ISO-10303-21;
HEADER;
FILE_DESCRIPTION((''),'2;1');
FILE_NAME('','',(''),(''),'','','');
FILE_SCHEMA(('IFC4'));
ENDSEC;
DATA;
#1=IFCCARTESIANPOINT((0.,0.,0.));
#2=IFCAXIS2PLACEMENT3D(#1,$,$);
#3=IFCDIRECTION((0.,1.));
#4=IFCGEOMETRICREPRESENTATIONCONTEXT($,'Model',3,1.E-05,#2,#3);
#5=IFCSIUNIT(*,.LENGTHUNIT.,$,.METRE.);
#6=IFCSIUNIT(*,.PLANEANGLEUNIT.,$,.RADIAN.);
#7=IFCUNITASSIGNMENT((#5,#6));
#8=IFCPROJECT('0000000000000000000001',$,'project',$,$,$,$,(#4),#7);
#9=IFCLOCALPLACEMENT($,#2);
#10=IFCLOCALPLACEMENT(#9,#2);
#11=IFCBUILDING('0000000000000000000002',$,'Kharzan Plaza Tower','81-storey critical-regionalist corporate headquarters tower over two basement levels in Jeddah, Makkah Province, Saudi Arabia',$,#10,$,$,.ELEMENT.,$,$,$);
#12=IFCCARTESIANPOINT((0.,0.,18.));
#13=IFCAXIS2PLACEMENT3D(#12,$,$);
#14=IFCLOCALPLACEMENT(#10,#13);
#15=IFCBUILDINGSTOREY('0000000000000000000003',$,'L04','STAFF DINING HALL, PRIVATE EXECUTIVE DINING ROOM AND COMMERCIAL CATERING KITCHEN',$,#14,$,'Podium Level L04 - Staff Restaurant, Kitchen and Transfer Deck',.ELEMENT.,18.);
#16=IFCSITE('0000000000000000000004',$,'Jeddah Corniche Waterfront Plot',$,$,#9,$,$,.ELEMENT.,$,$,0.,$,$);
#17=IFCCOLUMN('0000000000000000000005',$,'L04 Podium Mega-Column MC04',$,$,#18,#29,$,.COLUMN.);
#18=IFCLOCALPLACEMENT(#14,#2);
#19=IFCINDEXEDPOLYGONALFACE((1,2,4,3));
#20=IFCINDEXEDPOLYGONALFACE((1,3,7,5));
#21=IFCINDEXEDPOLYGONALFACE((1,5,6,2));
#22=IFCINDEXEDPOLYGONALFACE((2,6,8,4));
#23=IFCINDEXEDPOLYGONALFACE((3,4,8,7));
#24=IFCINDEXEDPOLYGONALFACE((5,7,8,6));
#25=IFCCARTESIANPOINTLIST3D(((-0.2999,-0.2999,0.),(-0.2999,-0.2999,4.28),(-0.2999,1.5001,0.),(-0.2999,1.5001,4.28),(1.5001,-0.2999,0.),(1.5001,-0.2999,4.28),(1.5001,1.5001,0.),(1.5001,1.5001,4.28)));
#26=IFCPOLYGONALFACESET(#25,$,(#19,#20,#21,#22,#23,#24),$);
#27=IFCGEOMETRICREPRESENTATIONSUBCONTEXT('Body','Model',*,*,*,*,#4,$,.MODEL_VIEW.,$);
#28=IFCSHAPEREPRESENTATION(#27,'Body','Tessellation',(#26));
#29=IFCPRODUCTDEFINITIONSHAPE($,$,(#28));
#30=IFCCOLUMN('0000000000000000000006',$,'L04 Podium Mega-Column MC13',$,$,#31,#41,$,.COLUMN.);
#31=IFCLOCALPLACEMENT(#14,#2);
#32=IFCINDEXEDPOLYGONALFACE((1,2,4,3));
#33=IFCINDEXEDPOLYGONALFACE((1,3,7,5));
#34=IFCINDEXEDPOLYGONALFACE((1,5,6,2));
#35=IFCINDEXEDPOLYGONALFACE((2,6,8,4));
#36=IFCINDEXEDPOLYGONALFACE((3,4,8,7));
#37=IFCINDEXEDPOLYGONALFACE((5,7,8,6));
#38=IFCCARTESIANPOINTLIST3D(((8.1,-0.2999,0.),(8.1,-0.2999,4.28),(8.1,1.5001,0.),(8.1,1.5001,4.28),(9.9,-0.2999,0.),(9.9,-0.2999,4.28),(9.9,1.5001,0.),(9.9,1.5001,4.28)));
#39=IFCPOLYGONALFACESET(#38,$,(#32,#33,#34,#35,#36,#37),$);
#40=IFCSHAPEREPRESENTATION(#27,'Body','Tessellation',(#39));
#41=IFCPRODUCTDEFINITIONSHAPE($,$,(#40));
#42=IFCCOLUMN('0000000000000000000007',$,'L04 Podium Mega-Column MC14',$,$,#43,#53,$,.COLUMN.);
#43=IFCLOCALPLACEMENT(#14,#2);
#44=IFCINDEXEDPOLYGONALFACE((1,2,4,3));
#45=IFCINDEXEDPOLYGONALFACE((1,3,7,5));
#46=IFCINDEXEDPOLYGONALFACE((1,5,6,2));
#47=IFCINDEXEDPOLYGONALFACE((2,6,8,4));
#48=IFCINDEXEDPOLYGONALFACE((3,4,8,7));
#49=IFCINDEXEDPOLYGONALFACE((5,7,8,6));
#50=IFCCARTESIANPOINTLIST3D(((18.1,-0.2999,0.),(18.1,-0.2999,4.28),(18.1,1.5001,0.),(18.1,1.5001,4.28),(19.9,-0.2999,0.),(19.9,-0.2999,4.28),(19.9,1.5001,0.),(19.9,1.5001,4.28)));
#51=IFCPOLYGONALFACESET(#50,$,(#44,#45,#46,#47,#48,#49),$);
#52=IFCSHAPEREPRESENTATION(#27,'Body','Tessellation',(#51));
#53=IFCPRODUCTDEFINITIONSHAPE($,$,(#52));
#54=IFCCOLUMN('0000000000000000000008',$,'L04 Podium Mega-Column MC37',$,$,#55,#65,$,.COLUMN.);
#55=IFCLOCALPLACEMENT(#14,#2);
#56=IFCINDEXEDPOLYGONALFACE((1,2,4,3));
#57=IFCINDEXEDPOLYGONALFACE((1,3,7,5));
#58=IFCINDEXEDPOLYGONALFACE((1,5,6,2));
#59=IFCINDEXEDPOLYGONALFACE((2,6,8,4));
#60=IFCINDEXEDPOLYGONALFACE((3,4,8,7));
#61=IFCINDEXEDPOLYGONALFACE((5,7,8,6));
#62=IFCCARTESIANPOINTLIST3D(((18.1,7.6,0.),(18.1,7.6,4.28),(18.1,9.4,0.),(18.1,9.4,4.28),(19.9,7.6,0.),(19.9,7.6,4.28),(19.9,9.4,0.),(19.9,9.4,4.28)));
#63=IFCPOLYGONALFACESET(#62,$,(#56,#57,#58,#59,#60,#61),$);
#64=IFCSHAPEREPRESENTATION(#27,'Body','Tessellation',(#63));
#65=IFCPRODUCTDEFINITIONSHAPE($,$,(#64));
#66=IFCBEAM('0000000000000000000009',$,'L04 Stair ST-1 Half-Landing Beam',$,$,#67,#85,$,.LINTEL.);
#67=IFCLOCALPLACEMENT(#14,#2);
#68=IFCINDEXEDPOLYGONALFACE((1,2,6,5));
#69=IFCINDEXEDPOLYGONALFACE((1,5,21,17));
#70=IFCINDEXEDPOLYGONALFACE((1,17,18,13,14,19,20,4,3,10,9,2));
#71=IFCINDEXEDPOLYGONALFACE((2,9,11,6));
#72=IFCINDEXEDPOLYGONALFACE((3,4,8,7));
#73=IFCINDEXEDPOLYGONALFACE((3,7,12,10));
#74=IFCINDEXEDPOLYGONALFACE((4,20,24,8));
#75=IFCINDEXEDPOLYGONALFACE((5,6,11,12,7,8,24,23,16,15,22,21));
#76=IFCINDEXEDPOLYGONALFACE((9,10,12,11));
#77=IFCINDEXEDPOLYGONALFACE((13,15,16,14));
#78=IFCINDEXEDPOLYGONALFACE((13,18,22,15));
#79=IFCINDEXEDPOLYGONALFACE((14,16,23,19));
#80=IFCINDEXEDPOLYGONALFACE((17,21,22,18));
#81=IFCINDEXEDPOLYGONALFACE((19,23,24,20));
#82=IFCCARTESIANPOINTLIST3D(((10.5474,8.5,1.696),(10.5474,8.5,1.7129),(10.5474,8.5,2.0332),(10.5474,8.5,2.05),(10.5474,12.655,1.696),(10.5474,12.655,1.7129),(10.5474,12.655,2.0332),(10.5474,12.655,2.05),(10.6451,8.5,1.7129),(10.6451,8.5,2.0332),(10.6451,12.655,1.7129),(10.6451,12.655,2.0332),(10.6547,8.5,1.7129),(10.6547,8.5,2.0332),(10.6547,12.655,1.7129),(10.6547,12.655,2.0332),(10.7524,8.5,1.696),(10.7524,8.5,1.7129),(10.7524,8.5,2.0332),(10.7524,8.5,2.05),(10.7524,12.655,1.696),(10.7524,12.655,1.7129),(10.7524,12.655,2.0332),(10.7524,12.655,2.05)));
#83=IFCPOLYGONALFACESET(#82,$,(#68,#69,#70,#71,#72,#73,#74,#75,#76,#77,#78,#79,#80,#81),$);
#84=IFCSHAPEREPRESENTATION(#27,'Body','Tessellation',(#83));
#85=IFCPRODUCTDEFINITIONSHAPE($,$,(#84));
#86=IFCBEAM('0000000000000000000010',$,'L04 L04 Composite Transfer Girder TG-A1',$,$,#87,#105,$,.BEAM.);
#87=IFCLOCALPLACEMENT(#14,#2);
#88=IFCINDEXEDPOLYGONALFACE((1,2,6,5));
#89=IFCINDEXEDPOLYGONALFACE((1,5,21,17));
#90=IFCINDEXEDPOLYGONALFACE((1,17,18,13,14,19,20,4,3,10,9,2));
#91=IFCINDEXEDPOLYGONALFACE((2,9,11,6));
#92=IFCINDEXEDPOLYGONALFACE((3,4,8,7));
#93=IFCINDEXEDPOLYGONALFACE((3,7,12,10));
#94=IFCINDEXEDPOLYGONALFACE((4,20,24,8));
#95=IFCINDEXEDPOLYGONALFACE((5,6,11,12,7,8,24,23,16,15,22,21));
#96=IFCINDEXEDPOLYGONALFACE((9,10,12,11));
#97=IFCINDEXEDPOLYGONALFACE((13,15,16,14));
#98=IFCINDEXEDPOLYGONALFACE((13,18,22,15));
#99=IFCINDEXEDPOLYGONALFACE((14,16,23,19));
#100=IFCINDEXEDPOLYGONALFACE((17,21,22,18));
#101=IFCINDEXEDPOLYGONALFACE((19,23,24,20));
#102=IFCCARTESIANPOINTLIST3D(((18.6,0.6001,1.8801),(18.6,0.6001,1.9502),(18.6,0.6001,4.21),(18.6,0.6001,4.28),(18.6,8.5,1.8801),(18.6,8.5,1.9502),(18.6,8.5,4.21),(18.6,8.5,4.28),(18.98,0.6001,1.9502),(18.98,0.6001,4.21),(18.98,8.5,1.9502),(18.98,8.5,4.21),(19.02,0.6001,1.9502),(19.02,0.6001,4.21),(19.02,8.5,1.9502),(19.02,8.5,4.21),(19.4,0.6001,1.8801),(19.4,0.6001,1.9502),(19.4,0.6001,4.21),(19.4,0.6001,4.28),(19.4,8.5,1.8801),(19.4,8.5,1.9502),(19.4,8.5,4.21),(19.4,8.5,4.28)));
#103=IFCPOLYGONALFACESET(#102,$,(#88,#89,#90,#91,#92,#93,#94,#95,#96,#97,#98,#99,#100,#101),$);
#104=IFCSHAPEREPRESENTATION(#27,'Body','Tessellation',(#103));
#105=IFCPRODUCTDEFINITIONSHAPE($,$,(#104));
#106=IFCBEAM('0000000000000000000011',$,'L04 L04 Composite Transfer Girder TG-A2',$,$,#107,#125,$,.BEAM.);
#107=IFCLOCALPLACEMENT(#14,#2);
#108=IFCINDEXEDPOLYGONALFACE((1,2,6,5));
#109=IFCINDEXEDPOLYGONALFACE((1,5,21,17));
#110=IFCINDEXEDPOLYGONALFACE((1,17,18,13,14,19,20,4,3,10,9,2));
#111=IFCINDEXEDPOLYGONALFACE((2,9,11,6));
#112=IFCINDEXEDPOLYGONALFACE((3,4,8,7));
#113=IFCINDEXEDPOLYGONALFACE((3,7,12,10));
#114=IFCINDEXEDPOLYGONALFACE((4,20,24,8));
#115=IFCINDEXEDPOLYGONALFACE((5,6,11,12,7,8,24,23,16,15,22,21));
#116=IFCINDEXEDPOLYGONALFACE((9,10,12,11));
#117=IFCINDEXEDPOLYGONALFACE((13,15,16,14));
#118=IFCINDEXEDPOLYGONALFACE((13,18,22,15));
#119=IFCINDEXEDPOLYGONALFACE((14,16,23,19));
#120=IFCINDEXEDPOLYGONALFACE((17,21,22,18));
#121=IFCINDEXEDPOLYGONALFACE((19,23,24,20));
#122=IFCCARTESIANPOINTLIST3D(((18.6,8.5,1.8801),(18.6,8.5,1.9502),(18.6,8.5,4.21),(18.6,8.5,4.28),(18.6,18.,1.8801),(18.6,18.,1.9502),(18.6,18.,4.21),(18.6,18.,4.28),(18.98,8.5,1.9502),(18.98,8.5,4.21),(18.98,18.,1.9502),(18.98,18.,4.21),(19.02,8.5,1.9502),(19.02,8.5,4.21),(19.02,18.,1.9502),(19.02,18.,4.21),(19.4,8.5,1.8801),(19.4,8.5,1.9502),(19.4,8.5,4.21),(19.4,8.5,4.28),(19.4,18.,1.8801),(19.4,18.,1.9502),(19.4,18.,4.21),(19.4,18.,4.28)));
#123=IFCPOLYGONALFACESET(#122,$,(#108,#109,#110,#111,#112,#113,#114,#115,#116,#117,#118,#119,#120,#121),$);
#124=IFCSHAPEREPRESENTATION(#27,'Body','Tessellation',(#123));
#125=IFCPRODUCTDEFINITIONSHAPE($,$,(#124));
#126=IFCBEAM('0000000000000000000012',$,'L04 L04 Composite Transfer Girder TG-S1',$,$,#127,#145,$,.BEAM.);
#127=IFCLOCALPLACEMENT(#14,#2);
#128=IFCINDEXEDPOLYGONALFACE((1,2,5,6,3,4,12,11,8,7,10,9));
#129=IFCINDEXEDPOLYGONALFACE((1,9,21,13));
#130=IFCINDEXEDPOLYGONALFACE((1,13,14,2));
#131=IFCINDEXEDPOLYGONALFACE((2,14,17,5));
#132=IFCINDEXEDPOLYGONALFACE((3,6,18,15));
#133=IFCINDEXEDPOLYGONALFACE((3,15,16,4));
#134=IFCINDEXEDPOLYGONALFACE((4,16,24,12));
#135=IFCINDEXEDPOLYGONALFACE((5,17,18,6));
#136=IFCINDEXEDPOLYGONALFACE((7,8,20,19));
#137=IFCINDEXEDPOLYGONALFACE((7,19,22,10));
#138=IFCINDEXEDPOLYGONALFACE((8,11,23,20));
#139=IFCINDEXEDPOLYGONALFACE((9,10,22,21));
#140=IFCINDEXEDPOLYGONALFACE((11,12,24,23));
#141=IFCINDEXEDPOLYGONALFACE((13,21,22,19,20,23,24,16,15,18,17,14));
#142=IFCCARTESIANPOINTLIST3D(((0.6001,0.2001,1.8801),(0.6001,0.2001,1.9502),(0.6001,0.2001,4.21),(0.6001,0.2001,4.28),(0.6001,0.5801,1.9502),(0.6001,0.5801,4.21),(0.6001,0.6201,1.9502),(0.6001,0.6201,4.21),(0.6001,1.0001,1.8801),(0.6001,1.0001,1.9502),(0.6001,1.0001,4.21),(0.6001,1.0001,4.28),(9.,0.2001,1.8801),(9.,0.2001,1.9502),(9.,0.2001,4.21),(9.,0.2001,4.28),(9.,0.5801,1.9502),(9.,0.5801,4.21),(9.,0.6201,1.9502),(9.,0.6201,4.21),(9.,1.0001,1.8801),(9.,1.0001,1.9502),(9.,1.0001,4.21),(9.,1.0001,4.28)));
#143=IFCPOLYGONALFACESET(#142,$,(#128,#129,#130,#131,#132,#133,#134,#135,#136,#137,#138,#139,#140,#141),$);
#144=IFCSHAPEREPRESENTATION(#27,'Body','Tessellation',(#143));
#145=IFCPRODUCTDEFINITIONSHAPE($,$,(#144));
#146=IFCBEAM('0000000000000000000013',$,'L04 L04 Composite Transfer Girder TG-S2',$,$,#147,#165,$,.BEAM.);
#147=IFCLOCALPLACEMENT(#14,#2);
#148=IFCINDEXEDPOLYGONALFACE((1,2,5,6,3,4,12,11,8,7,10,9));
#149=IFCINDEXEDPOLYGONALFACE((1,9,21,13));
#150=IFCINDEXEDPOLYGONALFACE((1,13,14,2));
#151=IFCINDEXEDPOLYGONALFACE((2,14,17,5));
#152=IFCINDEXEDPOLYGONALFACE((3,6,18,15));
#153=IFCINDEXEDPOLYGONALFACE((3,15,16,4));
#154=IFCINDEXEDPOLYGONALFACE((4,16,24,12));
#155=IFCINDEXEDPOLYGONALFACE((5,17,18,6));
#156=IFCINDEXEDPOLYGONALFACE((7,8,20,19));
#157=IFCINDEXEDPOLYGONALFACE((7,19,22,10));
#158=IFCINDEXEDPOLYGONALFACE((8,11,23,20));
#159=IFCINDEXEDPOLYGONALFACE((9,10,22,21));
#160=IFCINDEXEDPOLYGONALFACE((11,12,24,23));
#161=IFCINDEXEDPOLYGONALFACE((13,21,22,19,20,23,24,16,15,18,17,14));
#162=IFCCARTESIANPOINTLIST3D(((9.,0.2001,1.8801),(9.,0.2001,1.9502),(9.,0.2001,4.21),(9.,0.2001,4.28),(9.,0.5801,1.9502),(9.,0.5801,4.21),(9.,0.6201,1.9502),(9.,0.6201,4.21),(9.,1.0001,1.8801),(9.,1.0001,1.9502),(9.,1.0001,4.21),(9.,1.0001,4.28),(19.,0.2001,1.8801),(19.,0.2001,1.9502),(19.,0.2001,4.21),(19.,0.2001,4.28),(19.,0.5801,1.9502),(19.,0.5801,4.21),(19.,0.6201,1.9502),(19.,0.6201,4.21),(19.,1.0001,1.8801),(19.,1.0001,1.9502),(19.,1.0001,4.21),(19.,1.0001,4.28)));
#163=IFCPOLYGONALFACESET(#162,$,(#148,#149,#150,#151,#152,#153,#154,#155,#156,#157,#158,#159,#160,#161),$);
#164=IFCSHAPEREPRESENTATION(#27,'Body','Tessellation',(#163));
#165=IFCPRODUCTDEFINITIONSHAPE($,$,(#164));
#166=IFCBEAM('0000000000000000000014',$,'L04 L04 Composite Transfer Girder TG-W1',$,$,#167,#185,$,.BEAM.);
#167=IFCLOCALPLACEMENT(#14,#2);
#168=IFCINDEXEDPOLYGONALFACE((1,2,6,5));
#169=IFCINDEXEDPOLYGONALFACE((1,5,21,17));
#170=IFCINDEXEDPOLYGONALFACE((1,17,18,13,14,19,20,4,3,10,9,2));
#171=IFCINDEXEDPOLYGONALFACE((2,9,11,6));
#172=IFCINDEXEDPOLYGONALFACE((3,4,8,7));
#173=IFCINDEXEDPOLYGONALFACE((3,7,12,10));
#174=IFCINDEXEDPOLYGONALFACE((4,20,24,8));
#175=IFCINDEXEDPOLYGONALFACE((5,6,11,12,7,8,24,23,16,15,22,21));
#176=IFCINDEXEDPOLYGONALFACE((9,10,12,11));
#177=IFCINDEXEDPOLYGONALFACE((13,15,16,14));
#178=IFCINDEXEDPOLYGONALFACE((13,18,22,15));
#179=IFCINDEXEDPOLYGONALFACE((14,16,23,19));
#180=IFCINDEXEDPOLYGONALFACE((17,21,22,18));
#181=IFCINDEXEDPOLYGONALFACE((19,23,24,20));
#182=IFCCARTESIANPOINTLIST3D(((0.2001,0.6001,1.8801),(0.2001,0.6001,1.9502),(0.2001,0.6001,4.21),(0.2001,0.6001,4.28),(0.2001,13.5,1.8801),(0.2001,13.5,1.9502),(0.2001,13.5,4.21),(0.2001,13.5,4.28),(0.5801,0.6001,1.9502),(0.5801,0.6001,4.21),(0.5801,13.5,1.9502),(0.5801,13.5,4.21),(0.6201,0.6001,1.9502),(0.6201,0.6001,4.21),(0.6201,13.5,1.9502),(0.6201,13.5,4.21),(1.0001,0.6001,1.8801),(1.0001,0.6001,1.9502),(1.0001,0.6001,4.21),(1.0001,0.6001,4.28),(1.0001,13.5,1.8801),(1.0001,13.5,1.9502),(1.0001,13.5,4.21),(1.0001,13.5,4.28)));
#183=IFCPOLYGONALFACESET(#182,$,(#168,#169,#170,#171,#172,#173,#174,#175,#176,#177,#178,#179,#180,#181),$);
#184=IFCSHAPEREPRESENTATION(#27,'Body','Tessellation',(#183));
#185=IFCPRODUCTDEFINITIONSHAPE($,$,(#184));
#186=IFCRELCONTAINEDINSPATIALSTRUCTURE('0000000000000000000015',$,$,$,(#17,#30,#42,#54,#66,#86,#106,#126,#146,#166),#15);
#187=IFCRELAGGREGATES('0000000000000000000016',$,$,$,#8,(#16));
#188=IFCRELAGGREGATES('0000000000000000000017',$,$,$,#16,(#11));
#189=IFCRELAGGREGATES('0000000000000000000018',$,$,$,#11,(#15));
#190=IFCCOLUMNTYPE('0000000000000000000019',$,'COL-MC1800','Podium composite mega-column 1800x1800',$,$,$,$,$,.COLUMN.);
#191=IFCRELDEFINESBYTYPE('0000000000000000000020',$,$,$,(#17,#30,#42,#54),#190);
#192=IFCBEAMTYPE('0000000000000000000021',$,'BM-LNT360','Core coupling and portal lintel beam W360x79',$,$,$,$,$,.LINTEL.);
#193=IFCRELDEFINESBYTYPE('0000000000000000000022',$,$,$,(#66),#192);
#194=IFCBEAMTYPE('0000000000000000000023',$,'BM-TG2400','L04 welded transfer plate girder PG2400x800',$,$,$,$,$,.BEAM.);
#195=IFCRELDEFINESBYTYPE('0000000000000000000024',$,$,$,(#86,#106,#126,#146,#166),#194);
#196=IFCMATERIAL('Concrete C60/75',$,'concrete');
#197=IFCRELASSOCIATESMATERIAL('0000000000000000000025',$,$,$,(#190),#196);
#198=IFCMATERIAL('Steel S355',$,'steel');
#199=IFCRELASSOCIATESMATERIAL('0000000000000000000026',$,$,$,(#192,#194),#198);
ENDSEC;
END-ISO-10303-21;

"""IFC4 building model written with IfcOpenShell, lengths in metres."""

from ifc_helpers import new_model, si_unit, direction, frame, origin, origin_2d, place, context, subcontext, project, spatial, rectangle, i_section, extrude, source, transform, mapped, material, material_profile, profile_set, type_object, element, save


model = new_model("IFC4")

# Units and contexts
model_context = context("Model", 3, precision=1e-05, world=origin(), true_north=direction((0.0, 1.0)))
body_context = subcontext(model_context, "Body", "Model", "MODEL_VIEW")
ifc_project = project(units=[si_unit("LENGTHUNIT", "METRE"), si_unit("PLANEANGLEUNIT", "RADIAN")], contexts=[model_context])

# Site, building, storey
site_placement = place(None, origin())
site = spatial("IfcSite", under=ifc_project, at=site_placement, Name="Jeddah Corniche Waterfront Plot", CompositionType="ELEMENT", RefElevation=0.0)
building_placement = place(site_placement, origin())
building = spatial("IfcBuilding", under=site, at=building_placement, Name="Kharzan Plaza Tower", Description="81-storey critical-regionalist corporate headquarters tower over two basement levels in Jeddah, Makkah Province, Saudi Arabia", CompositionType="ELEMENT")
storey_placement = place(building_placement, frame((0.0, 0.0, 18.0)))
storey = spatial("IfcBuildingStorey", under=building, at=storey_placement, Name="L04", Description="STAFF DINING HALL, PRIVATE EXECUTIVE DINING ROOM AND COMMERCIAL CATERING KITCHEN", LongName="Podium Level L04 - Staff Restaurant, Kitchen and Transfer Deck", CompositionType="ELEMENT", Elevation=18.0)

# Columns
ifc_material_1 = material(Name="Concrete C60/75", Category="concrete")
ifc_material_profile_1 = material_profile(ifc_material_1, rectangle(XDim=1.8, YDim=1.8, at=origin_2d()), Name="RC-MC1800x1800")
ifc_profile_set_1 = profile_set([ifc_material_profile_1], Name="Concrete C60/75")
column_type = type_object("IfcColumnType", Name="COL-MC1800", Description="Podium composite mega-column 1800x1800", PredefinedType="COLUMN", material=ifc_profile_set_1)
shared_shape_1 = source(origin(), body_context, "Body", "SweptSolid", [
    extrude(rectangle(XDim=1.8, YDim=1.8, at=origin_2d()), origin(), (0.0, 0.0, 1.0), 4.28),
])
for number, where, z_axis, x_axis, name in (
    (1, (0.6001, 0.6001, 0.0), (0.0, 0.0, 1.0), (1.0, 0.0, 0.0), "L04 Podium Mega-Column MC04"),
    (2, (9.0, 0.6001, 0.0), (0.0, 0.0, 1.0), (1.0, 0.0, 0.0), "L04 Podium Mega-Column MC13"),
    (3, (19.0, 0.6001, 0.0), (0.0, 0.0, 1.0), (1.0, 0.0, 0.0), "L04 Podium Mega-Column MC14"),
    (4, (19.0, 8.5, 0.0), (0.0, 0.0, 1.0), (1.0, 0.0, 0.0), "L04 Podium Mega-Column MC37"),
):
    element("IfcColumn", number, at=place(storey_placement, frame(where, z_axis=z_axis, x_axis=x_axis)), inside=storey, type_object=column_type, Name=name, PredefinedType="COLUMN", context=body_context, shape_type="MappedRepresentation", body=[
        mapped(shared_shape_1, transform((0.0, 0.0, 0.0), x_axis=(1.0, 0.0, 0.0), y_axis=(0.0, 1.0, 0.0), z_axis=(0.0, 0.0, 1.0))),
    ])

# Beams
ifc_material_2 = material(Name="Steel S355", Category="steel")
ifc_material_profile_2 = material_profile(ifc_material_2, i_section(OverallWidth=0.2051, OverallDepth=0.354, WebThickness=0.0095, FlangeThickness=0.0168, at=origin_2d()), Name="W360x79")
ifc_profile_set_2 = profile_set([ifc_material_profile_2], Name="Steel S355")
beam_type_1 = type_object("IfcBeamType", Name="BM-LNT360", Description="Core coupling and portal lintel beam W360x79", PredefinedType="LINTEL", material=ifc_profile_set_2)
shared_shape_2 = source(origin(), body_context, "Body", "SweptSolid", [
    extrude(i_section(OverallWidth=0.2051, OverallDepth=0.354, WebThickness=0.0095, FlangeThickness=0.0168, at=origin_2d()), origin(), (0.0, 0.0, 1.0), 4.155),
])
beam_1_placement = place(storey_placement, frame((10.6499, 8.5, 1.873), z_axis=(0.0, 1.0, 0.0), x_axis=(-1.0, 0.0, 0.0)))
element("IfcBeam", 5, at=beam_1_placement, inside=storey, type_object=beam_type_1, Name="L04 Stair ST-1 Half-Landing Beam", PredefinedType="LINTEL", context=body_context, shape_type="MappedRepresentation", body=[
    mapped(shared_shape_2, transform((0.0, 0.0, 0.0), x_axis=(1.0, 0.0, 0.0), y_axis=(0.0, 1.0, 0.0), z_axis=(0.0, 0.0, 1.0))),
])
ifc_material_profile_3 = material_profile(ifc_material_2, i_section(OverallWidth=0.8, OverallDepth=2.3999, WebThickness=0.04, FlangeThickness=0.0701, at=origin_2d()), Name="PG2400x800")
ifc_profile_set_3 = profile_set([ifc_material_profile_3], Name="Steel S355")
beam_type_2 = type_object("IfcBeamType", Name="BM-TG2400", Description="L04 welded transfer plate girder PG2400x800", PredefinedType="BEAM", material=ifc_profile_set_3)
shared_shape_3 = source(origin(), body_context, "Body", "SweptSolid", [
    extrude(i_section(OverallWidth=0.8, OverallDepth=2.3999, WebThickness=0.04, FlangeThickness=0.0701, at=origin_2d()), origin(), (0.0, 0.0, 1.0), 7.8999),
])
beam_2_placement = place(storey_placement, frame((19.0, 0.6001, 3.0801), z_axis=(0.0, 1.0, 0.0), x_axis=(-1.0, 0.0, 0.0)))
element("IfcBeam", 6, at=beam_2_placement, inside=storey, type_object=beam_type_2, Name="L04 L04 Composite Transfer Girder TG-A1", PredefinedType="BEAM", context=body_context, shape_type="MappedRepresentation", body=[
    mapped(shared_shape_3, transform((0.0, 0.0, 0.0), x_axis=(1.0, 0.0, 0.0), y_axis=(0.0, 1.0, 0.0), z_axis=(0.0, 0.0, 1.0))),
])
shared_shape_4 = source(origin(), body_context, "Body", "SweptSolid", [
    extrude(i_section(OverallWidth=0.8, OverallDepth=2.3999, WebThickness=0.04, FlangeThickness=0.0701, at=origin_2d()), origin(), (0.0, 0.0, 1.0), 9.5),
])
beam_3_placement = place(storey_placement, frame((19.0, 8.5, 3.0801), z_axis=(0.0, 1.0, 0.0), x_axis=(-1.0, 0.0, 0.0)))
element("IfcBeam", 7, at=beam_3_placement, inside=storey, type_object=beam_type_2, Name="L04 L04 Composite Transfer Girder TG-A2", PredefinedType="BEAM", context=body_context, shape_type="MappedRepresentation", body=[
    mapped(shared_shape_4, transform((0.0, 0.0, 0.0), x_axis=(1.0, 0.0, 0.0), y_axis=(0.0, 1.0, 0.0), z_axis=(0.0, 0.0, 1.0))),
])
shared_shape_5 = source(origin(), body_context, "Body", "SweptSolid", [
    extrude(i_section(OverallWidth=0.8, OverallDepth=2.3999, WebThickness=0.04, FlangeThickness=0.0701, at=origin_2d()), origin(), (0.0, 0.0, 1.0), 8.3999),
])
beam_4_placement = place(storey_placement, frame((0.6001, 0.6001, 3.0801), z_axis=(1.0, 0.0, 0.0), x_axis=(0.0, 1.0, 0.0)))
element("IfcBeam", 8, at=beam_4_placement, inside=storey, type_object=beam_type_2, Name="L04 L04 Composite Transfer Girder TG-S1", PredefinedType="BEAM", context=body_context, shape_type="MappedRepresentation", body=[
    mapped(shared_shape_5, transform((0.0, 0.0, 0.0), x_axis=(1.0, 0.0, 0.0), y_axis=(0.0, 1.0, 0.0), z_axis=(0.0, 0.0, 1.0))),
])
shared_shape_6 = source(origin(), body_context, "Body", "SweptSolid", [
    extrude(i_section(OverallWidth=0.8, OverallDepth=2.3999, WebThickness=0.04, FlangeThickness=0.0701, at=origin_2d()), origin(), (0.0, 0.0, 1.0), 10.0),
])
beam_5_placement = place(storey_placement, frame((9.0, 0.6001, 3.0801), z_axis=(1.0, 0.0, 0.0), x_axis=(0.0, 1.0, 0.0)))
element("IfcBeam", 9, at=beam_5_placement, inside=storey, type_object=beam_type_2, Name="L04 L04 Composite Transfer Girder TG-S2", PredefinedType="BEAM", context=body_context, shape_type="MappedRepresentation", body=[
    mapped(shared_shape_6, transform((0.0, 0.0, 0.0), x_axis=(1.0, 0.0, 0.0), y_axis=(0.0, 1.0, 0.0), z_axis=(0.0, 0.0, 1.0))),
])
shared_shape_7 = source(origin(), body_context, "Body", "SweptSolid", [
    extrude(i_section(OverallWidth=0.8, OverallDepth=2.3999, WebThickness=0.04, FlangeThickness=0.0701, at=origin_2d()), origin(), (0.0, 0.0, 1.0), 12.8999),
])
beam_6_placement = place(storey_placement, frame((0.6001, 0.6001, 3.0801), z_axis=(0.0, 1.0, 0.0), x_axis=(-1.0, 0.0, 0.0)))
element("IfcBeam", 10, at=beam_6_placement, inside=storey, type_object=beam_type_2, Name="L04 L04 Composite Transfer Girder TG-W1", PredefinedType="BEAM", context=body_context, shape_type="MappedRepresentation", body=[
    mapped(shared_shape_7, transform((0.0, 0.0, 0.0), x_axis=(1.0, 0.0, 0.0), y_axis=(0.0, 1.0, 0.0), z_axis=(0.0, 0.0, 1.0))),
])

save(model, "model.ifc")
